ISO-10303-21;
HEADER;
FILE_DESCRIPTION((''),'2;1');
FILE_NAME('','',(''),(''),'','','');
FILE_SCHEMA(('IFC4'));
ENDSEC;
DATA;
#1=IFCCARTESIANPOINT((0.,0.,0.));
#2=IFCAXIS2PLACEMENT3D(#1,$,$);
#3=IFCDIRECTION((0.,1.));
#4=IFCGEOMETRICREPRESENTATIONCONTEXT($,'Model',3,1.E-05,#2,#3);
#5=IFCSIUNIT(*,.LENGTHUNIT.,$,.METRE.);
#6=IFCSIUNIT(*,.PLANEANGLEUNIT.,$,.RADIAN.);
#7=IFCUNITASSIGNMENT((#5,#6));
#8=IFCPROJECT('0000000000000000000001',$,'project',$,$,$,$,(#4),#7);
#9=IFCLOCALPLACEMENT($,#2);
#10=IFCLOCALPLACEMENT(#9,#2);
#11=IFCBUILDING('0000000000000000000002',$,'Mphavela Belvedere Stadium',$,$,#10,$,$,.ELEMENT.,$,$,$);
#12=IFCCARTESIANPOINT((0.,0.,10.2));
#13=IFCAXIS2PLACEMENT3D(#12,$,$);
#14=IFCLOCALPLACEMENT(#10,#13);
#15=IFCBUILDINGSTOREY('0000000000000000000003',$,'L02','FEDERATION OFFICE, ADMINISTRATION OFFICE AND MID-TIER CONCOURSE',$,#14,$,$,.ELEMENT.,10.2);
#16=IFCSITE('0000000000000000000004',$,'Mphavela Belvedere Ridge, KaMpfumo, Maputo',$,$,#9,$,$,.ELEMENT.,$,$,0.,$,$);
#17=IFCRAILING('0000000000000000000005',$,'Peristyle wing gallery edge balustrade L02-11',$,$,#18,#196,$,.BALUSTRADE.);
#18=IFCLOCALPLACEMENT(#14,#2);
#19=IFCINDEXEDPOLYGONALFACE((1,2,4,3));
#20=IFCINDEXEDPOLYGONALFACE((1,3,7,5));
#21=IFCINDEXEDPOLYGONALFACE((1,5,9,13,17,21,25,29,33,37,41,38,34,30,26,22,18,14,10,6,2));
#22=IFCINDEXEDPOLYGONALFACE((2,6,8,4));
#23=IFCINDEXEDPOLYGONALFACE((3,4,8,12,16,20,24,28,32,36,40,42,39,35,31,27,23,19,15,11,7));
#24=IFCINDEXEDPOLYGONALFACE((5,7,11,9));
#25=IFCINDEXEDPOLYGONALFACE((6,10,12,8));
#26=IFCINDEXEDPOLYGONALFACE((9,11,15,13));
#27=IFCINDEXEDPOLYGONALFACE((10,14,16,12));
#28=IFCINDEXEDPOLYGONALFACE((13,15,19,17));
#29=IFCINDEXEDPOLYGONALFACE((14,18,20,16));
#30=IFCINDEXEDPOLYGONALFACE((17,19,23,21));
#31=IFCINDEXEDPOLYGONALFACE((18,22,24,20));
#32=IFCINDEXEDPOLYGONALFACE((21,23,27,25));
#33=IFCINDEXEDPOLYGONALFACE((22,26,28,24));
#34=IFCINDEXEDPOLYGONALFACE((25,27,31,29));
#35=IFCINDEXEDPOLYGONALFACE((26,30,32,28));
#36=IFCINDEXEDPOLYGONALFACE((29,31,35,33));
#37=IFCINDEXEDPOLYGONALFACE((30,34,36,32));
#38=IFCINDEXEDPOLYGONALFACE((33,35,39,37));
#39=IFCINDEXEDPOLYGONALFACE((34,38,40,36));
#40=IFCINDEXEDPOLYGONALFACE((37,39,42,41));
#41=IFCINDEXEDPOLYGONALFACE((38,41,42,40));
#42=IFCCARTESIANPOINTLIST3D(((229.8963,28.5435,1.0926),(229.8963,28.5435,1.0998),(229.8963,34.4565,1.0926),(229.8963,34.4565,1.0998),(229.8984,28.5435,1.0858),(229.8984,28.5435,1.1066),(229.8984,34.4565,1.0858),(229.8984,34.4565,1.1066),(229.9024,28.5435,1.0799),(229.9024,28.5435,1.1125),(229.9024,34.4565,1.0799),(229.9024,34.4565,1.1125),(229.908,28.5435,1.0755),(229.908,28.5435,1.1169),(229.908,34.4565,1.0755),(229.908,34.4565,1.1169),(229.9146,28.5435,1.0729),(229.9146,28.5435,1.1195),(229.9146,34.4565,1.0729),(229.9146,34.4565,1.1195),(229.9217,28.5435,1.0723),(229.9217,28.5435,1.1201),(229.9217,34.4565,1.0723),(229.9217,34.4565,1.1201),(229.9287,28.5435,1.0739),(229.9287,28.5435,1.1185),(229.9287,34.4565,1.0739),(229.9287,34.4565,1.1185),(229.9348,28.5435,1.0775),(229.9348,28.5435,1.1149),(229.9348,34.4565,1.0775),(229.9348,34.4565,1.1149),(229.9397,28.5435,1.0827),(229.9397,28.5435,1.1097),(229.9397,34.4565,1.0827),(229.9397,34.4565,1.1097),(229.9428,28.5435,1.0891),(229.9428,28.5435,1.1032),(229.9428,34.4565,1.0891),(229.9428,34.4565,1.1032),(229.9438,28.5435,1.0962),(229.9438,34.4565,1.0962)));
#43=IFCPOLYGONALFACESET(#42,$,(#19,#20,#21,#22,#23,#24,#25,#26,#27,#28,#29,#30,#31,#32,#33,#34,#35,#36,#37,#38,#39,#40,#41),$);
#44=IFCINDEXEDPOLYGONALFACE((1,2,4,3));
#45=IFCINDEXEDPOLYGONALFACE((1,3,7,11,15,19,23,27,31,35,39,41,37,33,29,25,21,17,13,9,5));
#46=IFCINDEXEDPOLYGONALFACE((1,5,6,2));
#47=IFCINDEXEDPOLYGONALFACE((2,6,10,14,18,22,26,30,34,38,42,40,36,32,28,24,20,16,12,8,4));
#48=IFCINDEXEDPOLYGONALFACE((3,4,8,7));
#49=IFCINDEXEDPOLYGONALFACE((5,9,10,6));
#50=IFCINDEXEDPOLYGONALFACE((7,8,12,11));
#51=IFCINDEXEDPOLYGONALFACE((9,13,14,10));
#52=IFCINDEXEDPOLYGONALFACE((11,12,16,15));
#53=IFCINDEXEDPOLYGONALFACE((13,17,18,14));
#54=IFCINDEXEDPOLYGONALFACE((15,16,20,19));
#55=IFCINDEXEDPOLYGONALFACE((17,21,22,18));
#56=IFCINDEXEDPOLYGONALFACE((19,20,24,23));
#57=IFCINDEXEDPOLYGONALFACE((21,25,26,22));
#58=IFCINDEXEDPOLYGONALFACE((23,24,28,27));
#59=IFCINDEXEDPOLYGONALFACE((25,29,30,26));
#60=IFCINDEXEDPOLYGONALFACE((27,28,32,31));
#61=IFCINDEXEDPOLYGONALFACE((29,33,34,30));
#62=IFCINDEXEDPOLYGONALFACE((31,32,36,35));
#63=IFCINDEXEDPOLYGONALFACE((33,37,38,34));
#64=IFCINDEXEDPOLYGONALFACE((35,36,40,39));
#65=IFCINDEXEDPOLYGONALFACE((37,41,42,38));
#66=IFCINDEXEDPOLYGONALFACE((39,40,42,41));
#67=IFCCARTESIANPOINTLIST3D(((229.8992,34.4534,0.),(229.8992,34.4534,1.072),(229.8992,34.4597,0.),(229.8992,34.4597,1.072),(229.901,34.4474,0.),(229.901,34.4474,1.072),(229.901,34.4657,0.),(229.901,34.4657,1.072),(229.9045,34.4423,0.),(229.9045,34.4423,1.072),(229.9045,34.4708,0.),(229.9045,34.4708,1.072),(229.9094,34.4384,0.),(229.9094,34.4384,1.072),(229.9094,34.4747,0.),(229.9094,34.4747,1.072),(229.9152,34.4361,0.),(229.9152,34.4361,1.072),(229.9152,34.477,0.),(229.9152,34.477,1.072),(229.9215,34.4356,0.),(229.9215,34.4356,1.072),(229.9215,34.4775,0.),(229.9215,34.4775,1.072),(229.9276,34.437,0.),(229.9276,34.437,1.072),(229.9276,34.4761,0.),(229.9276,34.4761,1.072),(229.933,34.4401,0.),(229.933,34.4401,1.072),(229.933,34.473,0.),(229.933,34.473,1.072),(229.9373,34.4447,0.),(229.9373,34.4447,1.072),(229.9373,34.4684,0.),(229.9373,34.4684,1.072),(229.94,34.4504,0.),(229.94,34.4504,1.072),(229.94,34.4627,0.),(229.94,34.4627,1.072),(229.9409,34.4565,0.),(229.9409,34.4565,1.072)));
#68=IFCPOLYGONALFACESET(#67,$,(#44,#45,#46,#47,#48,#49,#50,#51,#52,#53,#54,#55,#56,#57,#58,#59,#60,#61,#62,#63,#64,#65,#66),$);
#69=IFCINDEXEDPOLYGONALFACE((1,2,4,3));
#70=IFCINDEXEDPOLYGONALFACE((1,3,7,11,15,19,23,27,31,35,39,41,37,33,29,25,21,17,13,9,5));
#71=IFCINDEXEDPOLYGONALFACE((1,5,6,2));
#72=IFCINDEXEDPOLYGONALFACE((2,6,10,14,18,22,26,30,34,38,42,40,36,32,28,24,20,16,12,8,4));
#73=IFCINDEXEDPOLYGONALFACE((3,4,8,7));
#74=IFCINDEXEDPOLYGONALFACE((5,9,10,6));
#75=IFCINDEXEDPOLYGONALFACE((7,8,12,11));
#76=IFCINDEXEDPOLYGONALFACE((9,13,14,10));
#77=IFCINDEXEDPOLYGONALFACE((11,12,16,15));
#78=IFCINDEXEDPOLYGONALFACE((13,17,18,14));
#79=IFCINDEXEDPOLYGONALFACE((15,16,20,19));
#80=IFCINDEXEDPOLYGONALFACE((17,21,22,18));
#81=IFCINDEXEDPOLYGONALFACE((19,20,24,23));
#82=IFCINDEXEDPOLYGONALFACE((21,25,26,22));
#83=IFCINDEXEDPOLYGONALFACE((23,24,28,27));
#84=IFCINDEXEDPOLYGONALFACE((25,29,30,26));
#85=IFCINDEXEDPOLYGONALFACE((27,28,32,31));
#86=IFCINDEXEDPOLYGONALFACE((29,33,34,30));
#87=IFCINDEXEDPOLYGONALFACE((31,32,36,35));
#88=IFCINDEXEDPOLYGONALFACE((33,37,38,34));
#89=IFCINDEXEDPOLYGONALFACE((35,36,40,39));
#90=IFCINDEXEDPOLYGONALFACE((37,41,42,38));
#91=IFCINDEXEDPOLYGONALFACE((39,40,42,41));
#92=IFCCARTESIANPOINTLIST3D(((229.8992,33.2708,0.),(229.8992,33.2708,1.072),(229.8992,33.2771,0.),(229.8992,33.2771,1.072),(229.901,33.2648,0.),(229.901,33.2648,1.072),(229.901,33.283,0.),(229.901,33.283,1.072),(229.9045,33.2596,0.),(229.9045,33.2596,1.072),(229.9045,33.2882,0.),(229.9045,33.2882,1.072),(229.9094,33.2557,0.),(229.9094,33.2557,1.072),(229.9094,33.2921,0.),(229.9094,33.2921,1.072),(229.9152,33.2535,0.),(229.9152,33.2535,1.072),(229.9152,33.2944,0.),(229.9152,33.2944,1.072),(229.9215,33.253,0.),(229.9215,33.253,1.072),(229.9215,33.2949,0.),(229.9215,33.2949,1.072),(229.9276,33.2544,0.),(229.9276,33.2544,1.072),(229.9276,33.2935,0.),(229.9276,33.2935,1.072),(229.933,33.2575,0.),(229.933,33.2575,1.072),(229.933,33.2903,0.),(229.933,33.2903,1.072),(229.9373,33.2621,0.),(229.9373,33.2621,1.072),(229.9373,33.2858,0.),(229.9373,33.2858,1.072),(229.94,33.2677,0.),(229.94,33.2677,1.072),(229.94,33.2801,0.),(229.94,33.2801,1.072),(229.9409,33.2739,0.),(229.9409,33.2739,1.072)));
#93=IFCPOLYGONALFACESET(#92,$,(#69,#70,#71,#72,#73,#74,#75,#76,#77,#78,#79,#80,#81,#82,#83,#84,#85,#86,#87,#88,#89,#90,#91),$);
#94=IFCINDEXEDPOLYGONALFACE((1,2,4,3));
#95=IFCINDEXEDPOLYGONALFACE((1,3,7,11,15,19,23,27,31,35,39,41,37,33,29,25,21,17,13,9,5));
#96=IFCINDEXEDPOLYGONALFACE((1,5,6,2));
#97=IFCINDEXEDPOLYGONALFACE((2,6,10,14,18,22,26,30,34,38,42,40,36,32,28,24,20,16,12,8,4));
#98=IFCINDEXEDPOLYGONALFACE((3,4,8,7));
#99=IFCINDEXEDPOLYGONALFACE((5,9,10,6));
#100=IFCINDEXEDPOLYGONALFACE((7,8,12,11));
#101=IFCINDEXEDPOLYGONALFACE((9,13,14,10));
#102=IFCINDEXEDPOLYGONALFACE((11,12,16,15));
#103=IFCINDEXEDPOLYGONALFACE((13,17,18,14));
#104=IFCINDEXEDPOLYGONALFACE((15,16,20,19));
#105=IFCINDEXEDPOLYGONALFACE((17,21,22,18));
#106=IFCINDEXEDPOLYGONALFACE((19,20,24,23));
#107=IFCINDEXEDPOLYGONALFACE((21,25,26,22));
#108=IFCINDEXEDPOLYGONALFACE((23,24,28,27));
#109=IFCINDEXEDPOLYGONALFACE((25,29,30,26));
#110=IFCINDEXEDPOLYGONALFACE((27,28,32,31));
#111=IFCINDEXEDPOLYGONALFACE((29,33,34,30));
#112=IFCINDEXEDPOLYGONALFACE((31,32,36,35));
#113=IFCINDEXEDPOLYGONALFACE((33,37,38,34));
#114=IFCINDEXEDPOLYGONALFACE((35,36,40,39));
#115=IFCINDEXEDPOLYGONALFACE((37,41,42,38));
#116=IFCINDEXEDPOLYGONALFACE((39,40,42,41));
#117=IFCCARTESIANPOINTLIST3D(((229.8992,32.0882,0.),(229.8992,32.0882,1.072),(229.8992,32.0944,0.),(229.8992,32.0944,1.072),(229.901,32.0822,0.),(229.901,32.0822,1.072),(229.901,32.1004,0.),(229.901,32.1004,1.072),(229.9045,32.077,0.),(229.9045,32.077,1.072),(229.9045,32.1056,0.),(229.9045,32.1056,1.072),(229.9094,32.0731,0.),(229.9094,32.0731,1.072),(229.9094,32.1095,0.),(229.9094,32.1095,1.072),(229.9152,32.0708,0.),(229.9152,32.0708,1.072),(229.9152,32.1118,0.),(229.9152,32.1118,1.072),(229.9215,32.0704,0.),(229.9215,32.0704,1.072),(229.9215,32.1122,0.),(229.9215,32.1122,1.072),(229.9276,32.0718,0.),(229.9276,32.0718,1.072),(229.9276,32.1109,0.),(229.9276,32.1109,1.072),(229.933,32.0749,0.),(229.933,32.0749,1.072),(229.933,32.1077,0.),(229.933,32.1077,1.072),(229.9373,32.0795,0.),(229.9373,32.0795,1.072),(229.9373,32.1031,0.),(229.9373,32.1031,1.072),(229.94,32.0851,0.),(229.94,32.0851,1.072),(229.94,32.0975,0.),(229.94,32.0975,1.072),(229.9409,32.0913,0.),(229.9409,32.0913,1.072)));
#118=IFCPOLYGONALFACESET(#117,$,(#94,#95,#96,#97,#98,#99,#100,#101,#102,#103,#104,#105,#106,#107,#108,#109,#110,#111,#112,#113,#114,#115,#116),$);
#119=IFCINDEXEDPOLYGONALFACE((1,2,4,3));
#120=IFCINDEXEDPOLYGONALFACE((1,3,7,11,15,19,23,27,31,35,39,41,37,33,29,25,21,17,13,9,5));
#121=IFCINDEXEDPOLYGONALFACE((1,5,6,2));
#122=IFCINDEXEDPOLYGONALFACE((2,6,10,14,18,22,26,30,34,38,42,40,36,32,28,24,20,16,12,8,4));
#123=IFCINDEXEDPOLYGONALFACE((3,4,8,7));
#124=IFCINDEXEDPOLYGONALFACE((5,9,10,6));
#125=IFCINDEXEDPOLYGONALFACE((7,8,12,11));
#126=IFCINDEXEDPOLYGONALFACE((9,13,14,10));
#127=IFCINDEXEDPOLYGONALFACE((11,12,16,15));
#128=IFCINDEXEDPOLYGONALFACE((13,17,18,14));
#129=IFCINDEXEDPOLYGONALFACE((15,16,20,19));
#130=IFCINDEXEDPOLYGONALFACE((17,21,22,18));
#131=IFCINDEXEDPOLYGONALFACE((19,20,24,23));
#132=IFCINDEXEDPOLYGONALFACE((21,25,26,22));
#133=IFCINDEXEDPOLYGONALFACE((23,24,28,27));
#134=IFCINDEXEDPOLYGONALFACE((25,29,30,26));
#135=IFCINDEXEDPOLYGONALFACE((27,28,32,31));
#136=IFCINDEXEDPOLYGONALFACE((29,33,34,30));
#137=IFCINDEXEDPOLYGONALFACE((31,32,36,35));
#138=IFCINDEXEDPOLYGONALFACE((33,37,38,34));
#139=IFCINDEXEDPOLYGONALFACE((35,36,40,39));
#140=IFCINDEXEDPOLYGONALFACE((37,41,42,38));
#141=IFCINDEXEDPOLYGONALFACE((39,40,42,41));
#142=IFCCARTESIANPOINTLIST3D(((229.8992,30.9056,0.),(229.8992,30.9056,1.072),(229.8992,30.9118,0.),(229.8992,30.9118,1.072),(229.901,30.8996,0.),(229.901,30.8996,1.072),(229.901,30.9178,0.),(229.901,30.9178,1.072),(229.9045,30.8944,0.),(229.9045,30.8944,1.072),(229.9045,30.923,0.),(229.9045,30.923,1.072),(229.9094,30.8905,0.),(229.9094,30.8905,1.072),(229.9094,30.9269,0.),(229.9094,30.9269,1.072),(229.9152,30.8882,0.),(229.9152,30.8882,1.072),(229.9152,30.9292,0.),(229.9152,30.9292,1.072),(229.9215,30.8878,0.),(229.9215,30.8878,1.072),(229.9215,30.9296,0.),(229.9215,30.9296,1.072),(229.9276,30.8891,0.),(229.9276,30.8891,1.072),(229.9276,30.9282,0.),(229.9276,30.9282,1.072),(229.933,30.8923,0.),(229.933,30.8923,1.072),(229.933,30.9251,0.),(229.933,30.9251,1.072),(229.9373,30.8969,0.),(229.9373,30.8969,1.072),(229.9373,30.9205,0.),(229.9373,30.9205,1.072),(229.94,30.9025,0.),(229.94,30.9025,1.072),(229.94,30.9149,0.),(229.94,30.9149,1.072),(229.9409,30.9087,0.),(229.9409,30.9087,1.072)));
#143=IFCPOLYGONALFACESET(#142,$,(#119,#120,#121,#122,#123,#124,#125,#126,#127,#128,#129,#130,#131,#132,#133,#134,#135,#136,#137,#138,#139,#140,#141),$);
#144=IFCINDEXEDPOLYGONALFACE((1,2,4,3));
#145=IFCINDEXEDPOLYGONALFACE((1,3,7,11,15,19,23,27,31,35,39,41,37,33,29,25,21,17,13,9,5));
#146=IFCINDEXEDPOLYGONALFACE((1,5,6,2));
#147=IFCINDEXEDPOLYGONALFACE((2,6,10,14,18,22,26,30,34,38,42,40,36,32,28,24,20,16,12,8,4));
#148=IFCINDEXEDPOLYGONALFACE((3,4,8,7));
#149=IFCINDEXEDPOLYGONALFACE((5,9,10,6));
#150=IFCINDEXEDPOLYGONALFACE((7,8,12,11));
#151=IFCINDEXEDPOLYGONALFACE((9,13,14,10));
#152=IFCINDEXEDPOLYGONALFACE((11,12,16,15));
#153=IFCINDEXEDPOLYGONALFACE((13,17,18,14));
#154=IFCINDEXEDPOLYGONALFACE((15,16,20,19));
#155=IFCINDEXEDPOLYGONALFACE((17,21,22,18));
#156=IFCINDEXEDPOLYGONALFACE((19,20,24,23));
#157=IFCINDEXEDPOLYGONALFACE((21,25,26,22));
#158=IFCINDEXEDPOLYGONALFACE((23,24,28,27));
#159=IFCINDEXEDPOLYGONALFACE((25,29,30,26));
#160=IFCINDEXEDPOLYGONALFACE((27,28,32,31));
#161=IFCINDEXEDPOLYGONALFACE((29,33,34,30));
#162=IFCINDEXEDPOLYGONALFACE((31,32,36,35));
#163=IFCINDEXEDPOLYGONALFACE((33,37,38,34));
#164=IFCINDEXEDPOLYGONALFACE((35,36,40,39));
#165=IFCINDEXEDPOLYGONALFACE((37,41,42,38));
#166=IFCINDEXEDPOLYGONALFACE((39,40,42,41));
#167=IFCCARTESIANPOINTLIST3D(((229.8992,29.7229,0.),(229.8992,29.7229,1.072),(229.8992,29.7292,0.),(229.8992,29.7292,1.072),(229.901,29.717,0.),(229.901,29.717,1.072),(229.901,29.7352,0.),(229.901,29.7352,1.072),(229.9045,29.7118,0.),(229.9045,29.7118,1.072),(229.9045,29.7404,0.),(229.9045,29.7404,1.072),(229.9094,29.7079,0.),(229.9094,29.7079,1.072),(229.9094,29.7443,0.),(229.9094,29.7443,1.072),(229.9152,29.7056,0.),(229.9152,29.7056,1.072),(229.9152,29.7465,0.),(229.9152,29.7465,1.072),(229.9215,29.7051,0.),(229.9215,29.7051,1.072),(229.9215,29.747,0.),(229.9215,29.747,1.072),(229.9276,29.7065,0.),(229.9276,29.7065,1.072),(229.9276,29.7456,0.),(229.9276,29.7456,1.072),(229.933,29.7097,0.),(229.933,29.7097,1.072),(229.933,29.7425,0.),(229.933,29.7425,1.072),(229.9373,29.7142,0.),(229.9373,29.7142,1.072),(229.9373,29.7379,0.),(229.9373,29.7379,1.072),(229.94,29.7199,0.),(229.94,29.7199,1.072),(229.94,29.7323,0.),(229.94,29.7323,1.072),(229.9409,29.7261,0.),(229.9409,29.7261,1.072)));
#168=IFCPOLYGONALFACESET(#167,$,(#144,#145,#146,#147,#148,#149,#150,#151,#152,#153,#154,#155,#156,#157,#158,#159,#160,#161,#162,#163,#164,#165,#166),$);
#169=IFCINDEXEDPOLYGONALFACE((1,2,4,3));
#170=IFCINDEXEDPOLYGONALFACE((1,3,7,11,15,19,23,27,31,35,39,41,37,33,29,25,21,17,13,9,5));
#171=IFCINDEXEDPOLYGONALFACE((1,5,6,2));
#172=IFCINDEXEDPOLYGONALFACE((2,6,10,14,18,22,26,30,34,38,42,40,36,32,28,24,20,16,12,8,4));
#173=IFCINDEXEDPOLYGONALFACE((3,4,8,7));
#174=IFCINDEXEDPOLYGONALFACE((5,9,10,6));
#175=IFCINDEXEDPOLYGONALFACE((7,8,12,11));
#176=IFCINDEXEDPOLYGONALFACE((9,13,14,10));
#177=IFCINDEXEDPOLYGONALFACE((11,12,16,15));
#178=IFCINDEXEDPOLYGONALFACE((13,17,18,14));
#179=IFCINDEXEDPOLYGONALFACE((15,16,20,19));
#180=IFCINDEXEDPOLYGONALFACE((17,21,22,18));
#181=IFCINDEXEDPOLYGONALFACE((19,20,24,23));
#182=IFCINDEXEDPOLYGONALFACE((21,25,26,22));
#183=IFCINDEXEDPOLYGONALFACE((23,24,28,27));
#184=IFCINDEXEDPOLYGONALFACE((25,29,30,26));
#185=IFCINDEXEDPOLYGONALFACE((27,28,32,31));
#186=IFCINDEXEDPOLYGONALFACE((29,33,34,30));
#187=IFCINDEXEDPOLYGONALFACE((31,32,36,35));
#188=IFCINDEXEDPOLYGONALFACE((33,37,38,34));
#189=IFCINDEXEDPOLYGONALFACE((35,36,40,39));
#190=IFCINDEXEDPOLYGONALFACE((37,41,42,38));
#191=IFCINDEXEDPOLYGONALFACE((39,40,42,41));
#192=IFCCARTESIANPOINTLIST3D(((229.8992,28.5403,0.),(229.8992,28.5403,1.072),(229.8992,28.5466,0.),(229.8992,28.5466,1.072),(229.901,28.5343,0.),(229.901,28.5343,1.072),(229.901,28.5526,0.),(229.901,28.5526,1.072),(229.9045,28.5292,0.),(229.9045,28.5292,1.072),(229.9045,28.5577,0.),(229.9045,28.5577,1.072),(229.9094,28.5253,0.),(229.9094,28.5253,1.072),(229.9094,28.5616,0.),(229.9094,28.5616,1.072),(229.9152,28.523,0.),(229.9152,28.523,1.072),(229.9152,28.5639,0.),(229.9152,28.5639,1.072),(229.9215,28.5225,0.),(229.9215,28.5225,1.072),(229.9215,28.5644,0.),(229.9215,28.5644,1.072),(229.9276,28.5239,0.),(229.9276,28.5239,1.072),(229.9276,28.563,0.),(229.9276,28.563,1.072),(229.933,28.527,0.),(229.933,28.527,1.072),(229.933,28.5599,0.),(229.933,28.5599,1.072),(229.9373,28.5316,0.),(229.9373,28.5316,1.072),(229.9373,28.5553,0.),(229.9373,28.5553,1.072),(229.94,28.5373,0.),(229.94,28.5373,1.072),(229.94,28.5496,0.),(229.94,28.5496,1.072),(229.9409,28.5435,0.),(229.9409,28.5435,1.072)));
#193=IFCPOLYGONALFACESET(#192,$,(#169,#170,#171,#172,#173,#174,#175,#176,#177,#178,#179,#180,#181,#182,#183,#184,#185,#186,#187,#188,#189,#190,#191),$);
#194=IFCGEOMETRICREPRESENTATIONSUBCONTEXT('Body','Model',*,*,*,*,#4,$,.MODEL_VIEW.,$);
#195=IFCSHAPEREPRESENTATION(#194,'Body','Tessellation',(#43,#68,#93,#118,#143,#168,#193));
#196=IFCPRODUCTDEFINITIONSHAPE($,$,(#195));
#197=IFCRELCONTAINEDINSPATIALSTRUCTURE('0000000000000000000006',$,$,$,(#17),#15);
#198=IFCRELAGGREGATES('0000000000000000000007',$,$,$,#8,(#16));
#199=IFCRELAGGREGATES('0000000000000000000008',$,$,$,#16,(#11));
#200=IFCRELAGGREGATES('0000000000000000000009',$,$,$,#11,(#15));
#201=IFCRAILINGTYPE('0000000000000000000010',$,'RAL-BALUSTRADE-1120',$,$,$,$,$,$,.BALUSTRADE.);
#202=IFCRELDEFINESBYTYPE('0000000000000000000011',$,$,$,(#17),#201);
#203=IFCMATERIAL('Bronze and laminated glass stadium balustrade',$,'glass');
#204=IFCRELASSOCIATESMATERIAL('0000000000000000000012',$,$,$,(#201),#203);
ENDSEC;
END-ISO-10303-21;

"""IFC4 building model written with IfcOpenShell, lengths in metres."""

from ifc_helpers import new_model, si_unit, direction, frame, origin, origin_2d, place, context, subcontext, project, spatial, circle, extrude, material, type_object, element, save


model = new_model("IFC4")

# Units and contexts
model_context = context("Model", 3, precision=1e-05, world=origin(), true_north=direction((0.0, 1.0)))
body_context = subcontext(model_context, "Body", "Model", "MODEL_VIEW")
ifc_project = project(units=[si_unit("LENGTHUNIT", "METRE"), si_unit("PLANEANGLEUNIT", "RADIAN")], contexts=[model_context])

# Site, building, storey
site_placement = place(None, origin())
site = spatial("IfcSite", under=ifc_project, at=site_placement, Name="Mphavela Belvedere Ridge, KaMpfumo, Maputo", CompositionType="ELEMENT", RefElevation=0.0)
building_placement = place(site_placement, origin())
building = spatial("IfcBuilding", under=site, at=building_placement, Name="Mphavela Belvedere Stadium", CompositionType="ELEMENT")
storey_placement = place(building_placement, frame((0.0, 0.0, 10.2)))
storey = spatial("IfcBuildingStorey", under=building, at=storey_placement, Name="L02", Description="FEDERATION OFFICE, ADMINISTRATION OFFICE AND MID-TIER CONCOURSE", CompositionType="ELEMENT", Elevation=10.2)

# Railing
ifc_material_1 = material(Name="Bronze and laminated glass stadium balustrade", Category="glass")
railing_type = type_object("IfcRailingType", Name="RAL-BALUSTRADE-1120", PredefinedType="BALUSTRADE", material=ifc_material_1)
for number, where, name in (
    (1, (229.9199, 34.4565, 0.0), "Peristyle wing gallery edge balustrade L02-11"),
):
    element("IfcRailing", number, at=place(storey_placement, frame(where)), inside=storey, type_object=railing_type, Name=name, PredefinedType="BALUSTRADE", context=body_context, shape_type="SweptSolid", body=[
        extrude(circle(Radius=0.0239, at=origin_2d()), frame((0.0, 0.0, 1.0962), z_axis=(0.0, -1.0, 0.0), x_axis=(1.0, 0.0, 0.0)), (0.0, 0.0, 1.0), 5.9131),
        extrude(circle(Radius=0.021, at=origin_2d()), origin(), (0.0, 0.0, 1.0), 1.072),
        extrude(circle(Radius=0.021, at=origin_2d()), frame((0.0, -1.1826, 0.0)), (0.0, 0.0, 1.0), 1.072),
        extrude(circle(Radius=0.021, at=origin_2d()), frame((0.0, -2.3652, 0.0)), (0.0, 0.0, 1.0), 1.072),
        extrude(circle(Radius=0.021, at=origin_2d()), frame((0.0, -3.5479, 0.0)), (0.0, 0.0, 1.0), 1.072),
        extrude(circle(Radius=0.021, at=origin_2d()), frame((0.0, -4.7305, 0.0)), (0.0, 0.0, 1.0), 1.072),
        extrude(circle(Radius=0.021, at=origin_2d()), frame((0.0, -5.9131, 0.0)), (0.0, 0.0, 1.0), 1.072),
    ])

save(model, "model.ifc")
